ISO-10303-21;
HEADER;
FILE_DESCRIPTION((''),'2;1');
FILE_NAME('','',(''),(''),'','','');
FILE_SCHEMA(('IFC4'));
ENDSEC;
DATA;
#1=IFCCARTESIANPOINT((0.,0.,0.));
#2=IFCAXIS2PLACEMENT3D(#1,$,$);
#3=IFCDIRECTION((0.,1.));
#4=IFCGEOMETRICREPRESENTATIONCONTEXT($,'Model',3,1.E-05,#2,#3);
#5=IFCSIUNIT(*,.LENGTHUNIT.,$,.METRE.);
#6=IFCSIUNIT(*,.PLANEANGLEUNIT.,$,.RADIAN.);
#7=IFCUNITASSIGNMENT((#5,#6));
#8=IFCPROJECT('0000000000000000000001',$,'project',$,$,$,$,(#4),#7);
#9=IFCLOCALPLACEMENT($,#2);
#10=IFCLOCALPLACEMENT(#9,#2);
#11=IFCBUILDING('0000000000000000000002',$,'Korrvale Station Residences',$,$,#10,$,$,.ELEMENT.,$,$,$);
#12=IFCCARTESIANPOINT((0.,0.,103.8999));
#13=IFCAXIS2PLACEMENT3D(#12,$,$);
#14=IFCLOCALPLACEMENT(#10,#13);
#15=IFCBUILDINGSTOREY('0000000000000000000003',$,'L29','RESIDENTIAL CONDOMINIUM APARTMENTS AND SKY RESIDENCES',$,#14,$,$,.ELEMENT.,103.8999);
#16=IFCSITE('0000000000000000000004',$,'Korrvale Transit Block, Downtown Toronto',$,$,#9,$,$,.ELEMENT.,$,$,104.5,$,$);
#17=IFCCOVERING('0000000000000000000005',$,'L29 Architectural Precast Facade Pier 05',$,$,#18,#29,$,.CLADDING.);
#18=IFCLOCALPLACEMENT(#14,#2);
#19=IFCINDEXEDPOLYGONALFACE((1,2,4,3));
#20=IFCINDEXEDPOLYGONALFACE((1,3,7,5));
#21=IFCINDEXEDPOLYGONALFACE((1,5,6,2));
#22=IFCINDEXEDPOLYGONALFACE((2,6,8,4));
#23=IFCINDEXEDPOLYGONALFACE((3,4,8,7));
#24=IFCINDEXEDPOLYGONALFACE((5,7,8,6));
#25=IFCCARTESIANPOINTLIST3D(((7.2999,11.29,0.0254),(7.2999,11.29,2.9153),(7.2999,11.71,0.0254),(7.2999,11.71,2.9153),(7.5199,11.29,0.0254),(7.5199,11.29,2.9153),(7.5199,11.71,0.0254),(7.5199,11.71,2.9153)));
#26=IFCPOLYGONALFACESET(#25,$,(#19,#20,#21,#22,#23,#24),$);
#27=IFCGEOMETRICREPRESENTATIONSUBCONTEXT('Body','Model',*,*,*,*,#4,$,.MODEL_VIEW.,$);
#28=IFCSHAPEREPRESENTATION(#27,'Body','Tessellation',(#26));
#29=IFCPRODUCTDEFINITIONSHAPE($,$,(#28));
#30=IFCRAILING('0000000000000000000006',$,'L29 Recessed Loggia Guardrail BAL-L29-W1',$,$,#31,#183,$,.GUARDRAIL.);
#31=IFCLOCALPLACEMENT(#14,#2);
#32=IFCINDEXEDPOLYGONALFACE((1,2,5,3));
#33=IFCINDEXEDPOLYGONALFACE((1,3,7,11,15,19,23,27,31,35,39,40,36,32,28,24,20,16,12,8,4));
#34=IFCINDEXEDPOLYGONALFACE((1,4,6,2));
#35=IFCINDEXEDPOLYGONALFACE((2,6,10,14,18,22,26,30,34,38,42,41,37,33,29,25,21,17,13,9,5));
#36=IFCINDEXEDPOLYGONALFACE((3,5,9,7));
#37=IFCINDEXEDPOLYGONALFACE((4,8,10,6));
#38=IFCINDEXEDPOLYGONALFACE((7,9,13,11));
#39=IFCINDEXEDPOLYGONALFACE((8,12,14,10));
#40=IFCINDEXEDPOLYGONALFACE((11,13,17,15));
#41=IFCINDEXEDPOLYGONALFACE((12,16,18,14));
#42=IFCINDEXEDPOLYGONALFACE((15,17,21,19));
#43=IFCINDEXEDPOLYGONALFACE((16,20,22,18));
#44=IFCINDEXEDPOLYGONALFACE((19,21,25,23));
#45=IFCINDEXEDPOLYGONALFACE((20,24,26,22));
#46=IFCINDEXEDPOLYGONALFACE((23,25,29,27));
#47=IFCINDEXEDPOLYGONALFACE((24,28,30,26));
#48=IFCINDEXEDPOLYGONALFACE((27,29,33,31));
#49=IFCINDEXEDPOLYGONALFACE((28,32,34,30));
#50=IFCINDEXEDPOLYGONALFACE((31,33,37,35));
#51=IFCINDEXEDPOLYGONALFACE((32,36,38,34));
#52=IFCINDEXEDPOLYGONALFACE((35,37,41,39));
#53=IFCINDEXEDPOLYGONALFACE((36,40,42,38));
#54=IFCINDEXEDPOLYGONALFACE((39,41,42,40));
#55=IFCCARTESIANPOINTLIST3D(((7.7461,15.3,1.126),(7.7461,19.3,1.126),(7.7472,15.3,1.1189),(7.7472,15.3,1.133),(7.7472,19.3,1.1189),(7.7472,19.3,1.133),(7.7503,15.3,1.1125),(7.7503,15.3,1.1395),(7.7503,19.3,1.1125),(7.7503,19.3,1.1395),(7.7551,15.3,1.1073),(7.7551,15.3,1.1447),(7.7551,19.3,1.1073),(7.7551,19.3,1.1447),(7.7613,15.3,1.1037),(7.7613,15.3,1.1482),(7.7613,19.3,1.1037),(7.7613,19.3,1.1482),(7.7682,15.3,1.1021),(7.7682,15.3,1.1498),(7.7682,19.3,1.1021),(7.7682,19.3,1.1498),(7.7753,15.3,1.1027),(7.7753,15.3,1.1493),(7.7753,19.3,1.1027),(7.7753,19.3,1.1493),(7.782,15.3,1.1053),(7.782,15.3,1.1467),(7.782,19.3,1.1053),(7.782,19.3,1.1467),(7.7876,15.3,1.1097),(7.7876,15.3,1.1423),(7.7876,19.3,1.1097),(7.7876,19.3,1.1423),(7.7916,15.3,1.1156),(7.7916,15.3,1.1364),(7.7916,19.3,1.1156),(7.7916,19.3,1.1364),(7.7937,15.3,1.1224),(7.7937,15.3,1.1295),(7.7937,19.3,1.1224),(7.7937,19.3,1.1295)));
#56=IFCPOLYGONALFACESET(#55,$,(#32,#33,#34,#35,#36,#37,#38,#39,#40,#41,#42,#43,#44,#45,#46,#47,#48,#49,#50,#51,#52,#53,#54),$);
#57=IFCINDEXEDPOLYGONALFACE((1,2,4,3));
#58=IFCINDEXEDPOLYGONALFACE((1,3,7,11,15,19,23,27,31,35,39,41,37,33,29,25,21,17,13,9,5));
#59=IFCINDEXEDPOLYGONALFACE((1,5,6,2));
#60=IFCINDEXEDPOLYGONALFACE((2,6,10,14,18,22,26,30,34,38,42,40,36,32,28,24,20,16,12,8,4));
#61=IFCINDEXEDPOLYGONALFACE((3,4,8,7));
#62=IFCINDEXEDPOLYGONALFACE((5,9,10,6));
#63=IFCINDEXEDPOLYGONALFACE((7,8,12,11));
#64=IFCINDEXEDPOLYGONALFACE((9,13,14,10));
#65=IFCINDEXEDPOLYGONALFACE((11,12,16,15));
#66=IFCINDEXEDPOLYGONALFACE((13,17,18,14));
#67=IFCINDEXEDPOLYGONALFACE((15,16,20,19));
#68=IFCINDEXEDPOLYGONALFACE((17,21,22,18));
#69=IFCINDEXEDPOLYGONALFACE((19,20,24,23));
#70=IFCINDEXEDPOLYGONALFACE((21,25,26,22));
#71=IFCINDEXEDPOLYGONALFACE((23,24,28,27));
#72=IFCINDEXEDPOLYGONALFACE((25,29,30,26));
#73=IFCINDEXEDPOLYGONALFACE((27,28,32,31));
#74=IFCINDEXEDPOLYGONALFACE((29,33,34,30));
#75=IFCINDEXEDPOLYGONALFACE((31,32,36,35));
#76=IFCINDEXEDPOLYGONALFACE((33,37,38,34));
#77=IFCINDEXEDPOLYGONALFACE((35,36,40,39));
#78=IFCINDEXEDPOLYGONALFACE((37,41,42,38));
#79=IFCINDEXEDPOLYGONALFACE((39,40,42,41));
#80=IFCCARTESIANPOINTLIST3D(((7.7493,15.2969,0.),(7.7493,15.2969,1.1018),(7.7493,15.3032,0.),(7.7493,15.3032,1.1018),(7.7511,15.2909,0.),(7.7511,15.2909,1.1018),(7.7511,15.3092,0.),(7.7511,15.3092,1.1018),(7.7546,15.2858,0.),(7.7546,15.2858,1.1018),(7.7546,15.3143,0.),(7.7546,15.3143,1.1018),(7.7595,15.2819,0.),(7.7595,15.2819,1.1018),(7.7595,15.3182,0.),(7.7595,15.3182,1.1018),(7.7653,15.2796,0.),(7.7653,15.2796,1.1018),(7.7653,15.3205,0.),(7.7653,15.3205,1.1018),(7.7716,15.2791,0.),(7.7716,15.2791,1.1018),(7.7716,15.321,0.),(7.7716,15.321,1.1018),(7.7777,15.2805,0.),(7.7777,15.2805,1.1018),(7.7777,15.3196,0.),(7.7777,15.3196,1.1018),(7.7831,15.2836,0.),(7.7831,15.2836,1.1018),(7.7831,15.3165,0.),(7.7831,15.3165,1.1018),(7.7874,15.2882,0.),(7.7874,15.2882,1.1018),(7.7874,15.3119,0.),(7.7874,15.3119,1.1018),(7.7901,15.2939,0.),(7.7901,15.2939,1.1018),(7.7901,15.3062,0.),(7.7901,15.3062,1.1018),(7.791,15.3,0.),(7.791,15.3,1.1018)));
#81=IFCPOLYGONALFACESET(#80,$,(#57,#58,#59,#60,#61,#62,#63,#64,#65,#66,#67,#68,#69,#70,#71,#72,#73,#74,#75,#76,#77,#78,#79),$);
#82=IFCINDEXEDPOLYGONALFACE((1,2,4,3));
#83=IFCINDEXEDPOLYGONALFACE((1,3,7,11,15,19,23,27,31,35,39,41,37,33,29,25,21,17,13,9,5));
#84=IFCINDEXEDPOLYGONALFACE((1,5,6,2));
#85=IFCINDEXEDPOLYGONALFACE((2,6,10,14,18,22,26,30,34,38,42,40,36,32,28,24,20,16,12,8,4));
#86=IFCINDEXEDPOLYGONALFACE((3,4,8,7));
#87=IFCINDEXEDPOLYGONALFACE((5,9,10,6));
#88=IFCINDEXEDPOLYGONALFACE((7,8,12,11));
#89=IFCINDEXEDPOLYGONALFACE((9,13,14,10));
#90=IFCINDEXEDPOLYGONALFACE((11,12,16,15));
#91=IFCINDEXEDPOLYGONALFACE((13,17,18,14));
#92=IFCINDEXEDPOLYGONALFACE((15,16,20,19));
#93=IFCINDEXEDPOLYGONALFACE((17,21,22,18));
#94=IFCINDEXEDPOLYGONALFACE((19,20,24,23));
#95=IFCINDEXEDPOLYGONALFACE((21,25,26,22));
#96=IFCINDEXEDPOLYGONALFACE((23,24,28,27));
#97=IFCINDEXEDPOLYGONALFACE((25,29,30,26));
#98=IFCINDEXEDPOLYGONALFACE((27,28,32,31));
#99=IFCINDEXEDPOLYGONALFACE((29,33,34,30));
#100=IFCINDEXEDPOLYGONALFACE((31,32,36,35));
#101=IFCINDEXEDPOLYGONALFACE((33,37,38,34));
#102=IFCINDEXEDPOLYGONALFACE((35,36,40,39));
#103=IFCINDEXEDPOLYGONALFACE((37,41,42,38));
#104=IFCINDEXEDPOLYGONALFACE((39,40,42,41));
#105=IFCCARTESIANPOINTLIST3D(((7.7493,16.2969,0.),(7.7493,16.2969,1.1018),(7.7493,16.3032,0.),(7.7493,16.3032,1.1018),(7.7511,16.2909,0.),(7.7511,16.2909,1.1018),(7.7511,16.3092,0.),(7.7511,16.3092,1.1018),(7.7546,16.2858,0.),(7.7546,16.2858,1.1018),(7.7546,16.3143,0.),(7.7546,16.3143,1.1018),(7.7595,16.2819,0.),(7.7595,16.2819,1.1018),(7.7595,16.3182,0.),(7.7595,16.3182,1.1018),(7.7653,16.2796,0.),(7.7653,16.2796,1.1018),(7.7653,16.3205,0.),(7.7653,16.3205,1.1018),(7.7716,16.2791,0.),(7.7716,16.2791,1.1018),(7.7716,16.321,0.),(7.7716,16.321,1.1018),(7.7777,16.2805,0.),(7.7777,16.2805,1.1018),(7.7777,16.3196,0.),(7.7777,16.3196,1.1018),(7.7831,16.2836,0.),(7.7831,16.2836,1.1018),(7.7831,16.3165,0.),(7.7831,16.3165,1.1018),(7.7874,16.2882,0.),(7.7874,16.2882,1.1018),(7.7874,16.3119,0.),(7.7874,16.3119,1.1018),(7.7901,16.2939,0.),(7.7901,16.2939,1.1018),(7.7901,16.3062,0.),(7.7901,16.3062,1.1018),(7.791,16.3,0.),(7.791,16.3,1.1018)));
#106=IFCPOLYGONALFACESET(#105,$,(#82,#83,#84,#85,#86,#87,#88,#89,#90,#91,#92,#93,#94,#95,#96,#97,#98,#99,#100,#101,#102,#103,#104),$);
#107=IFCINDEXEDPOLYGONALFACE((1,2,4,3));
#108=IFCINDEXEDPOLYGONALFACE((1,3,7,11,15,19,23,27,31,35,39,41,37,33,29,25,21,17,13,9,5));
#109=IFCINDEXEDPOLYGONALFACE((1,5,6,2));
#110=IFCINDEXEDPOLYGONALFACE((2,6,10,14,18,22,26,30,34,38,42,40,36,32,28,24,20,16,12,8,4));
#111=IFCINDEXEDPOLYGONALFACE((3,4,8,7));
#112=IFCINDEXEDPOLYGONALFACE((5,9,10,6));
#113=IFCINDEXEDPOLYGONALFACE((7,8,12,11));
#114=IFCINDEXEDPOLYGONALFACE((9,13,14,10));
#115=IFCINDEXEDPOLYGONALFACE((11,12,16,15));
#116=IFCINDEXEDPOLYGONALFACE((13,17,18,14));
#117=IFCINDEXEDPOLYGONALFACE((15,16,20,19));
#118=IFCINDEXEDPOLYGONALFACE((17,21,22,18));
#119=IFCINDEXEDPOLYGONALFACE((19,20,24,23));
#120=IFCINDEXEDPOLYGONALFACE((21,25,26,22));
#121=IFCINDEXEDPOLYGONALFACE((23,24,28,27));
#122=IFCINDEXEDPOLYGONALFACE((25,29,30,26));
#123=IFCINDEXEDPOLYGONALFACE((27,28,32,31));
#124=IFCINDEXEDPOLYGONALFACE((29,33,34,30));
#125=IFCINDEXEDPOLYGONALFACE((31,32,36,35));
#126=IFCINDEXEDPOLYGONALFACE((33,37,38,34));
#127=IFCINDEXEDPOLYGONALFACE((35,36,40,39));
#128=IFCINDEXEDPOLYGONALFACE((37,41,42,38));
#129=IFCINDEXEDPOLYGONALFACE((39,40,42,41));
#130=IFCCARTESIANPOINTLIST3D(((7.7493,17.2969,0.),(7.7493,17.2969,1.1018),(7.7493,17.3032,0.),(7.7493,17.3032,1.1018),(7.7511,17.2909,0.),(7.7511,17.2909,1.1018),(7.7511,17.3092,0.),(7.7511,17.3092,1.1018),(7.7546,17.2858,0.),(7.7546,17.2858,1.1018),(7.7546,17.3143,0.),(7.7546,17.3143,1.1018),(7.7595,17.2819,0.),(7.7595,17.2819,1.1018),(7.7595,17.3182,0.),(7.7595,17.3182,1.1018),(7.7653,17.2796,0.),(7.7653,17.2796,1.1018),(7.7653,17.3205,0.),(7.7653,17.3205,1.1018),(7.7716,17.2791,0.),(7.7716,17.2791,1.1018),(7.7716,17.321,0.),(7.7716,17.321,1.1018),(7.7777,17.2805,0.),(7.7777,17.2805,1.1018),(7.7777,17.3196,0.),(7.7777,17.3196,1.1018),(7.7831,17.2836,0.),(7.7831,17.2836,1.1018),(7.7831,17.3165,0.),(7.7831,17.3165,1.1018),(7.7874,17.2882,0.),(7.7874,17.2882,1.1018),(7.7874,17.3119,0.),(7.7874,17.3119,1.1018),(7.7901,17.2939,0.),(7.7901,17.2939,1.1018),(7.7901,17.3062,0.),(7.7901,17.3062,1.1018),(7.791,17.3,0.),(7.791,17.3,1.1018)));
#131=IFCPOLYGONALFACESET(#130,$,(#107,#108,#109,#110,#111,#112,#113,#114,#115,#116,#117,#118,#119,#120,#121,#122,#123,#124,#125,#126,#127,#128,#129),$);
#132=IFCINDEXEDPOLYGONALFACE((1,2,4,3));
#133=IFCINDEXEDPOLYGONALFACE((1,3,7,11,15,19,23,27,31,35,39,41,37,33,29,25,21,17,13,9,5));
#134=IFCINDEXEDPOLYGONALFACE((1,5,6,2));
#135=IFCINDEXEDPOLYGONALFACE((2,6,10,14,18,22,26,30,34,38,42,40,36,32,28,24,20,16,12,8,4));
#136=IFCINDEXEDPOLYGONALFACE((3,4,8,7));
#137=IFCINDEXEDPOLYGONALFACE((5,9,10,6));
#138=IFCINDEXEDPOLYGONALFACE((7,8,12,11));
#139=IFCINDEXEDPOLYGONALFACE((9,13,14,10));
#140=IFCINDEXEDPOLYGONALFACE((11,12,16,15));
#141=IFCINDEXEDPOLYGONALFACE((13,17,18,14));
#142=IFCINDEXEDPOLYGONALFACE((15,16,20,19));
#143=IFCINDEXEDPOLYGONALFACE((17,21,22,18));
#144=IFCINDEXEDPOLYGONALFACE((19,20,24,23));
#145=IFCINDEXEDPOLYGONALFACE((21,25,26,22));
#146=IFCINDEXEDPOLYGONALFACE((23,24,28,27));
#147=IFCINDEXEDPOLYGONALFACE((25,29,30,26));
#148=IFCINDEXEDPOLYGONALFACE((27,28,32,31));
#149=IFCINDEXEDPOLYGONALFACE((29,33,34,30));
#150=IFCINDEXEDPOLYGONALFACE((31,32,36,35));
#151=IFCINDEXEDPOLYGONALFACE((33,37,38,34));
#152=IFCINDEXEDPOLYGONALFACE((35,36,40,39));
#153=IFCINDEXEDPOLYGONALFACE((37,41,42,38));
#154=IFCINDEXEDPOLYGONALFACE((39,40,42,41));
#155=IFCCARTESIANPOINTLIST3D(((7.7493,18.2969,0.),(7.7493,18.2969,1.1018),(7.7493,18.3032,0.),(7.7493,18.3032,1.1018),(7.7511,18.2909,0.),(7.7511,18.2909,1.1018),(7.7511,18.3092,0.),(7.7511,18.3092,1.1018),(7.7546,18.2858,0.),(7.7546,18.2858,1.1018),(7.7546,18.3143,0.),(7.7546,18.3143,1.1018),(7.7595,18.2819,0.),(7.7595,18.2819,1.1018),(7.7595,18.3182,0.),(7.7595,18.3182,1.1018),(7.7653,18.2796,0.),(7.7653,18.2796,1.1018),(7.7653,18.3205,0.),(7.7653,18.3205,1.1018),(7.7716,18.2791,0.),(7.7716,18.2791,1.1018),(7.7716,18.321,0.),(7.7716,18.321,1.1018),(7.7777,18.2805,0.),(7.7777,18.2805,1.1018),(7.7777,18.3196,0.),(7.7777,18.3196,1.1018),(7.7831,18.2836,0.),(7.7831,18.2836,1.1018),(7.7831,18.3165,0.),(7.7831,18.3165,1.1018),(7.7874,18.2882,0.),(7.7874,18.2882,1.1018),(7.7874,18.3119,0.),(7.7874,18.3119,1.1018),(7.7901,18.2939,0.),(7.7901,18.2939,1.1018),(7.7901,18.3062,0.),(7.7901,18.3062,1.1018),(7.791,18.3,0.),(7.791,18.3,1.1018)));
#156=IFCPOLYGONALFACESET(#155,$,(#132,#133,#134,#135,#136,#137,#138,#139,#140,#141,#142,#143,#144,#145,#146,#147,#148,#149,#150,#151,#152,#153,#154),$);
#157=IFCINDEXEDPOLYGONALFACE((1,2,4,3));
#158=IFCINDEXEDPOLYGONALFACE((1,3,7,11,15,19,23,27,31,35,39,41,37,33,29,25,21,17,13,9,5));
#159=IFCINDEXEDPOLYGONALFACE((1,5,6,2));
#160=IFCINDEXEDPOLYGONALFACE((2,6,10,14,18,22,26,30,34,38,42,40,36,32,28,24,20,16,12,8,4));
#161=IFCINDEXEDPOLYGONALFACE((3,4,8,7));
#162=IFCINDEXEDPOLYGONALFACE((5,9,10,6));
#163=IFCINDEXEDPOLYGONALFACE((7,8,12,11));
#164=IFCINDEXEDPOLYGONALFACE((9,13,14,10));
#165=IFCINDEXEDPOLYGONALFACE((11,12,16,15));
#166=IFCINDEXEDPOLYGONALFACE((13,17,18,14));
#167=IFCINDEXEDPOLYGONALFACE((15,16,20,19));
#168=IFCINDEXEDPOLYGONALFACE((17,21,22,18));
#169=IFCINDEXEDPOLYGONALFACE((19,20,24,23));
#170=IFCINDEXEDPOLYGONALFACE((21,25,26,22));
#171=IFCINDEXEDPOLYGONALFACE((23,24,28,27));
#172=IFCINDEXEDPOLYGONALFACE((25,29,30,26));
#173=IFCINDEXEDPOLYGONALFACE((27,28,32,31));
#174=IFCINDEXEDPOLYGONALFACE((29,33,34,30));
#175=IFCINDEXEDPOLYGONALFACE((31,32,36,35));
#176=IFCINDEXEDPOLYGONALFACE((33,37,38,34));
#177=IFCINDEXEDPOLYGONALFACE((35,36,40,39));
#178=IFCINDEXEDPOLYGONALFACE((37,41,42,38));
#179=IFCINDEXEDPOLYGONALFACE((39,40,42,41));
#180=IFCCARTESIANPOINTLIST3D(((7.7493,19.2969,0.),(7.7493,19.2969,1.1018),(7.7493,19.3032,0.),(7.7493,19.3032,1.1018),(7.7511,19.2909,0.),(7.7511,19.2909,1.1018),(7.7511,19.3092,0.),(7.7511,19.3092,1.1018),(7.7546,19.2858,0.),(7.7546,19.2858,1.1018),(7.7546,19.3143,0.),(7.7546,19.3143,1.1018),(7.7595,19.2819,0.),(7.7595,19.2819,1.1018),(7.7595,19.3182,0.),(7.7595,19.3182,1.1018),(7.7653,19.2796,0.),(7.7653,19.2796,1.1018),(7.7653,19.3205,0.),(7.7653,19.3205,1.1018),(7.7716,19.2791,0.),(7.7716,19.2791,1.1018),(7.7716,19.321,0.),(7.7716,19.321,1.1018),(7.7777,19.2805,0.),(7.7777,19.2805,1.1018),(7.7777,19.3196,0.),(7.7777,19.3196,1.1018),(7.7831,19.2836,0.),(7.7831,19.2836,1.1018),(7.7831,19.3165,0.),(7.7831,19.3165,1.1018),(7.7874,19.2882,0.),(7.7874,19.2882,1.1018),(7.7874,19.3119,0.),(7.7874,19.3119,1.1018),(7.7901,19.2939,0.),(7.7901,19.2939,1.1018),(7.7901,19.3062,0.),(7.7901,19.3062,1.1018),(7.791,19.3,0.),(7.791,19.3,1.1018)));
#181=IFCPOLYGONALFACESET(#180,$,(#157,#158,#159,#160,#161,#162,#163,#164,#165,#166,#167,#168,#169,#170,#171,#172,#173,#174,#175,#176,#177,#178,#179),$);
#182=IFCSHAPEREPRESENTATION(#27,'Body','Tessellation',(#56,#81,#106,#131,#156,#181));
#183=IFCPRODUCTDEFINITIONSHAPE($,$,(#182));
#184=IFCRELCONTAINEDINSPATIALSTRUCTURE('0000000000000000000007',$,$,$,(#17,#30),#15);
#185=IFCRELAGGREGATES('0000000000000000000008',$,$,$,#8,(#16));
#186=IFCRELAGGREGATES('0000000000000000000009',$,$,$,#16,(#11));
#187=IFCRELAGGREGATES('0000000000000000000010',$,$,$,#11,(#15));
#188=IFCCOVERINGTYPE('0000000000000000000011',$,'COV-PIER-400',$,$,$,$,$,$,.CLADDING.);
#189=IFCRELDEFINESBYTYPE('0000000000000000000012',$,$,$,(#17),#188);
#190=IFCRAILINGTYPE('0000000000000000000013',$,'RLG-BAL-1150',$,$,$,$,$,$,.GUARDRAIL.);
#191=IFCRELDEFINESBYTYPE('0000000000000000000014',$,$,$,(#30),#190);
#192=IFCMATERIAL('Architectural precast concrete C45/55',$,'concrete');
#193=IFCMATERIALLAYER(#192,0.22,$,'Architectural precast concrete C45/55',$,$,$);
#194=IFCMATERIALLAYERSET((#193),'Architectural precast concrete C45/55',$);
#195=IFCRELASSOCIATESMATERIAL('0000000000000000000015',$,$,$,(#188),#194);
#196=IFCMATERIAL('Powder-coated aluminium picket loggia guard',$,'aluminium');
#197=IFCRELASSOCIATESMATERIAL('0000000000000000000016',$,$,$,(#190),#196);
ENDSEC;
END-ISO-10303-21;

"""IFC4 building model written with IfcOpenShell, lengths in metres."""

from ifc_helpers import new_model, si_unit, direction, frame, origin, origin_2d, place, context, subcontext, project, spatial, rectangle, circle, extrude, material, layer, layer_set, type_object, element, save


model = new_model("IFC4")

# Units and contexts
model_context = context("Model", 3, precision=1e-05, world=origin(), true_north=direction((0.0, 1.0)))
body_context = subcontext(model_context, "Body", "Model", "MODEL_VIEW")
ifc_project = project(units=[si_unit("LENGTHUNIT", "METRE"), si_unit("PLANEANGLEUNIT", "RADIAN")], contexts=[model_context])

# Site, building, storey
site_placement = place(None, origin())
site = spatial("IfcSite", under=ifc_project, at=site_placement, Name="Korrvale Transit Block, Downtown Toronto", CompositionType="ELEMENT", RefElevation=104.5)
building_placement = place(site_placement, origin())
building = spatial("IfcBuilding", under=site, at=building_placement, Name="Korrvale Station Residences", CompositionType="ELEMENT")
storey_placement = place(building_placement, frame((0.0, 0.0, 103.8999)))
storey = spatial("IfcBuildingStorey", under=building, at=storey_placement, Name="L29", Description="RESIDENTIAL CONDOMINIUM APARTMENTS AND SKY RESIDENCES", CompositionType="ELEMENT", Elevation=103.8999)

# Covering
ifc_material_1 = material(Name="Architectural precast concrete C45/55", Category="concrete")
ifc_layer_1 = layer(ifc_material_1, 0.22, Name="Architectural precast concrete C45/55")
ifc_layer_set_1 = layer_set([ifc_layer_1], Name="Architectural precast concrete C45/55")
covering_type = type_object("IfcCoveringType", Name="COV-PIER-400", PredefinedType="CLADDING", material=ifc_layer_set_1)
for number, where, z_axis, x_axis, name in (
    (1, (7.4099, 11.5, 0.0254), (0.0, 0.0, 1.0), (0.0, 1.0, 0.0), "L29 Architectural Precast Facade Pier 05"),
):
    element("IfcCovering", number, at=place(storey_placement, frame(where, z_axis=z_axis, x_axis=x_axis)), inside=storey, type_object=covering_type, Name=name, PredefinedType="CLADDING", context=body_context, shape_type="SweptSolid", body=[
        extrude(rectangle(XDim=0.4199, YDim=0.22, at=origin_2d()), origin(), (0.0, 0.0, 1.0), 2.8899),
    ])

# Railing
ifc_material_2 = material(Name="Powder-coated aluminium picket loggia guard", Category="aluminium")
railing_type = type_object("IfcRailingType", Name="RLG-BAL-1150", PredefinedType="GUARDRAIL", material=ifc_material_2)
railing_placement = place(storey_placement, frame((7.77, 15.3, 0.0)))
element("IfcRailing", 2, at=railing_placement, inside=storey, type_object=railing_type, Name="L29 Recessed Loggia Guardrail BAL-L29-W1", PredefinedType="GUARDRAIL", context=body_context, shape_type="SweptSolid", body=[
    extrude(circle(Radius=0.0239, at=origin_2d()), frame((0.0, 0.0, 1.126), z_axis=(0.0, 1.0, 0.0), x_axis=(-1.0, 0.0, 0.0)), (0.0, 0.0, 1.0), 4.0),
    extrude(circle(Radius=0.021, at=origin_2d()), origin(), (0.0, 0.0, 1.0), 1.1018),
    extrude(circle(Radius=0.021, at=origin_2d()), frame((0.0, 1.0, 0.0)), (0.0, 0.0, 1.0), 1.1018),
    extrude(circle(Radius=0.021, at=origin_2d()), frame((0.0, 2.0, 0.0)), (0.0, 0.0, 1.0), 1.1018),
    extrude(circle(Radius=0.021, at=origin_2d()), frame((0.0, 3.0, 0.0)), (0.0, 0.0, 1.0), 1.1018),
    extrude(circle(Radius=0.021, at=origin_2d()), frame((0.0, 4.0, 0.0)), (0.0, 0.0, 1.0), 1.1018),
])

save(model, "model.ifc")
